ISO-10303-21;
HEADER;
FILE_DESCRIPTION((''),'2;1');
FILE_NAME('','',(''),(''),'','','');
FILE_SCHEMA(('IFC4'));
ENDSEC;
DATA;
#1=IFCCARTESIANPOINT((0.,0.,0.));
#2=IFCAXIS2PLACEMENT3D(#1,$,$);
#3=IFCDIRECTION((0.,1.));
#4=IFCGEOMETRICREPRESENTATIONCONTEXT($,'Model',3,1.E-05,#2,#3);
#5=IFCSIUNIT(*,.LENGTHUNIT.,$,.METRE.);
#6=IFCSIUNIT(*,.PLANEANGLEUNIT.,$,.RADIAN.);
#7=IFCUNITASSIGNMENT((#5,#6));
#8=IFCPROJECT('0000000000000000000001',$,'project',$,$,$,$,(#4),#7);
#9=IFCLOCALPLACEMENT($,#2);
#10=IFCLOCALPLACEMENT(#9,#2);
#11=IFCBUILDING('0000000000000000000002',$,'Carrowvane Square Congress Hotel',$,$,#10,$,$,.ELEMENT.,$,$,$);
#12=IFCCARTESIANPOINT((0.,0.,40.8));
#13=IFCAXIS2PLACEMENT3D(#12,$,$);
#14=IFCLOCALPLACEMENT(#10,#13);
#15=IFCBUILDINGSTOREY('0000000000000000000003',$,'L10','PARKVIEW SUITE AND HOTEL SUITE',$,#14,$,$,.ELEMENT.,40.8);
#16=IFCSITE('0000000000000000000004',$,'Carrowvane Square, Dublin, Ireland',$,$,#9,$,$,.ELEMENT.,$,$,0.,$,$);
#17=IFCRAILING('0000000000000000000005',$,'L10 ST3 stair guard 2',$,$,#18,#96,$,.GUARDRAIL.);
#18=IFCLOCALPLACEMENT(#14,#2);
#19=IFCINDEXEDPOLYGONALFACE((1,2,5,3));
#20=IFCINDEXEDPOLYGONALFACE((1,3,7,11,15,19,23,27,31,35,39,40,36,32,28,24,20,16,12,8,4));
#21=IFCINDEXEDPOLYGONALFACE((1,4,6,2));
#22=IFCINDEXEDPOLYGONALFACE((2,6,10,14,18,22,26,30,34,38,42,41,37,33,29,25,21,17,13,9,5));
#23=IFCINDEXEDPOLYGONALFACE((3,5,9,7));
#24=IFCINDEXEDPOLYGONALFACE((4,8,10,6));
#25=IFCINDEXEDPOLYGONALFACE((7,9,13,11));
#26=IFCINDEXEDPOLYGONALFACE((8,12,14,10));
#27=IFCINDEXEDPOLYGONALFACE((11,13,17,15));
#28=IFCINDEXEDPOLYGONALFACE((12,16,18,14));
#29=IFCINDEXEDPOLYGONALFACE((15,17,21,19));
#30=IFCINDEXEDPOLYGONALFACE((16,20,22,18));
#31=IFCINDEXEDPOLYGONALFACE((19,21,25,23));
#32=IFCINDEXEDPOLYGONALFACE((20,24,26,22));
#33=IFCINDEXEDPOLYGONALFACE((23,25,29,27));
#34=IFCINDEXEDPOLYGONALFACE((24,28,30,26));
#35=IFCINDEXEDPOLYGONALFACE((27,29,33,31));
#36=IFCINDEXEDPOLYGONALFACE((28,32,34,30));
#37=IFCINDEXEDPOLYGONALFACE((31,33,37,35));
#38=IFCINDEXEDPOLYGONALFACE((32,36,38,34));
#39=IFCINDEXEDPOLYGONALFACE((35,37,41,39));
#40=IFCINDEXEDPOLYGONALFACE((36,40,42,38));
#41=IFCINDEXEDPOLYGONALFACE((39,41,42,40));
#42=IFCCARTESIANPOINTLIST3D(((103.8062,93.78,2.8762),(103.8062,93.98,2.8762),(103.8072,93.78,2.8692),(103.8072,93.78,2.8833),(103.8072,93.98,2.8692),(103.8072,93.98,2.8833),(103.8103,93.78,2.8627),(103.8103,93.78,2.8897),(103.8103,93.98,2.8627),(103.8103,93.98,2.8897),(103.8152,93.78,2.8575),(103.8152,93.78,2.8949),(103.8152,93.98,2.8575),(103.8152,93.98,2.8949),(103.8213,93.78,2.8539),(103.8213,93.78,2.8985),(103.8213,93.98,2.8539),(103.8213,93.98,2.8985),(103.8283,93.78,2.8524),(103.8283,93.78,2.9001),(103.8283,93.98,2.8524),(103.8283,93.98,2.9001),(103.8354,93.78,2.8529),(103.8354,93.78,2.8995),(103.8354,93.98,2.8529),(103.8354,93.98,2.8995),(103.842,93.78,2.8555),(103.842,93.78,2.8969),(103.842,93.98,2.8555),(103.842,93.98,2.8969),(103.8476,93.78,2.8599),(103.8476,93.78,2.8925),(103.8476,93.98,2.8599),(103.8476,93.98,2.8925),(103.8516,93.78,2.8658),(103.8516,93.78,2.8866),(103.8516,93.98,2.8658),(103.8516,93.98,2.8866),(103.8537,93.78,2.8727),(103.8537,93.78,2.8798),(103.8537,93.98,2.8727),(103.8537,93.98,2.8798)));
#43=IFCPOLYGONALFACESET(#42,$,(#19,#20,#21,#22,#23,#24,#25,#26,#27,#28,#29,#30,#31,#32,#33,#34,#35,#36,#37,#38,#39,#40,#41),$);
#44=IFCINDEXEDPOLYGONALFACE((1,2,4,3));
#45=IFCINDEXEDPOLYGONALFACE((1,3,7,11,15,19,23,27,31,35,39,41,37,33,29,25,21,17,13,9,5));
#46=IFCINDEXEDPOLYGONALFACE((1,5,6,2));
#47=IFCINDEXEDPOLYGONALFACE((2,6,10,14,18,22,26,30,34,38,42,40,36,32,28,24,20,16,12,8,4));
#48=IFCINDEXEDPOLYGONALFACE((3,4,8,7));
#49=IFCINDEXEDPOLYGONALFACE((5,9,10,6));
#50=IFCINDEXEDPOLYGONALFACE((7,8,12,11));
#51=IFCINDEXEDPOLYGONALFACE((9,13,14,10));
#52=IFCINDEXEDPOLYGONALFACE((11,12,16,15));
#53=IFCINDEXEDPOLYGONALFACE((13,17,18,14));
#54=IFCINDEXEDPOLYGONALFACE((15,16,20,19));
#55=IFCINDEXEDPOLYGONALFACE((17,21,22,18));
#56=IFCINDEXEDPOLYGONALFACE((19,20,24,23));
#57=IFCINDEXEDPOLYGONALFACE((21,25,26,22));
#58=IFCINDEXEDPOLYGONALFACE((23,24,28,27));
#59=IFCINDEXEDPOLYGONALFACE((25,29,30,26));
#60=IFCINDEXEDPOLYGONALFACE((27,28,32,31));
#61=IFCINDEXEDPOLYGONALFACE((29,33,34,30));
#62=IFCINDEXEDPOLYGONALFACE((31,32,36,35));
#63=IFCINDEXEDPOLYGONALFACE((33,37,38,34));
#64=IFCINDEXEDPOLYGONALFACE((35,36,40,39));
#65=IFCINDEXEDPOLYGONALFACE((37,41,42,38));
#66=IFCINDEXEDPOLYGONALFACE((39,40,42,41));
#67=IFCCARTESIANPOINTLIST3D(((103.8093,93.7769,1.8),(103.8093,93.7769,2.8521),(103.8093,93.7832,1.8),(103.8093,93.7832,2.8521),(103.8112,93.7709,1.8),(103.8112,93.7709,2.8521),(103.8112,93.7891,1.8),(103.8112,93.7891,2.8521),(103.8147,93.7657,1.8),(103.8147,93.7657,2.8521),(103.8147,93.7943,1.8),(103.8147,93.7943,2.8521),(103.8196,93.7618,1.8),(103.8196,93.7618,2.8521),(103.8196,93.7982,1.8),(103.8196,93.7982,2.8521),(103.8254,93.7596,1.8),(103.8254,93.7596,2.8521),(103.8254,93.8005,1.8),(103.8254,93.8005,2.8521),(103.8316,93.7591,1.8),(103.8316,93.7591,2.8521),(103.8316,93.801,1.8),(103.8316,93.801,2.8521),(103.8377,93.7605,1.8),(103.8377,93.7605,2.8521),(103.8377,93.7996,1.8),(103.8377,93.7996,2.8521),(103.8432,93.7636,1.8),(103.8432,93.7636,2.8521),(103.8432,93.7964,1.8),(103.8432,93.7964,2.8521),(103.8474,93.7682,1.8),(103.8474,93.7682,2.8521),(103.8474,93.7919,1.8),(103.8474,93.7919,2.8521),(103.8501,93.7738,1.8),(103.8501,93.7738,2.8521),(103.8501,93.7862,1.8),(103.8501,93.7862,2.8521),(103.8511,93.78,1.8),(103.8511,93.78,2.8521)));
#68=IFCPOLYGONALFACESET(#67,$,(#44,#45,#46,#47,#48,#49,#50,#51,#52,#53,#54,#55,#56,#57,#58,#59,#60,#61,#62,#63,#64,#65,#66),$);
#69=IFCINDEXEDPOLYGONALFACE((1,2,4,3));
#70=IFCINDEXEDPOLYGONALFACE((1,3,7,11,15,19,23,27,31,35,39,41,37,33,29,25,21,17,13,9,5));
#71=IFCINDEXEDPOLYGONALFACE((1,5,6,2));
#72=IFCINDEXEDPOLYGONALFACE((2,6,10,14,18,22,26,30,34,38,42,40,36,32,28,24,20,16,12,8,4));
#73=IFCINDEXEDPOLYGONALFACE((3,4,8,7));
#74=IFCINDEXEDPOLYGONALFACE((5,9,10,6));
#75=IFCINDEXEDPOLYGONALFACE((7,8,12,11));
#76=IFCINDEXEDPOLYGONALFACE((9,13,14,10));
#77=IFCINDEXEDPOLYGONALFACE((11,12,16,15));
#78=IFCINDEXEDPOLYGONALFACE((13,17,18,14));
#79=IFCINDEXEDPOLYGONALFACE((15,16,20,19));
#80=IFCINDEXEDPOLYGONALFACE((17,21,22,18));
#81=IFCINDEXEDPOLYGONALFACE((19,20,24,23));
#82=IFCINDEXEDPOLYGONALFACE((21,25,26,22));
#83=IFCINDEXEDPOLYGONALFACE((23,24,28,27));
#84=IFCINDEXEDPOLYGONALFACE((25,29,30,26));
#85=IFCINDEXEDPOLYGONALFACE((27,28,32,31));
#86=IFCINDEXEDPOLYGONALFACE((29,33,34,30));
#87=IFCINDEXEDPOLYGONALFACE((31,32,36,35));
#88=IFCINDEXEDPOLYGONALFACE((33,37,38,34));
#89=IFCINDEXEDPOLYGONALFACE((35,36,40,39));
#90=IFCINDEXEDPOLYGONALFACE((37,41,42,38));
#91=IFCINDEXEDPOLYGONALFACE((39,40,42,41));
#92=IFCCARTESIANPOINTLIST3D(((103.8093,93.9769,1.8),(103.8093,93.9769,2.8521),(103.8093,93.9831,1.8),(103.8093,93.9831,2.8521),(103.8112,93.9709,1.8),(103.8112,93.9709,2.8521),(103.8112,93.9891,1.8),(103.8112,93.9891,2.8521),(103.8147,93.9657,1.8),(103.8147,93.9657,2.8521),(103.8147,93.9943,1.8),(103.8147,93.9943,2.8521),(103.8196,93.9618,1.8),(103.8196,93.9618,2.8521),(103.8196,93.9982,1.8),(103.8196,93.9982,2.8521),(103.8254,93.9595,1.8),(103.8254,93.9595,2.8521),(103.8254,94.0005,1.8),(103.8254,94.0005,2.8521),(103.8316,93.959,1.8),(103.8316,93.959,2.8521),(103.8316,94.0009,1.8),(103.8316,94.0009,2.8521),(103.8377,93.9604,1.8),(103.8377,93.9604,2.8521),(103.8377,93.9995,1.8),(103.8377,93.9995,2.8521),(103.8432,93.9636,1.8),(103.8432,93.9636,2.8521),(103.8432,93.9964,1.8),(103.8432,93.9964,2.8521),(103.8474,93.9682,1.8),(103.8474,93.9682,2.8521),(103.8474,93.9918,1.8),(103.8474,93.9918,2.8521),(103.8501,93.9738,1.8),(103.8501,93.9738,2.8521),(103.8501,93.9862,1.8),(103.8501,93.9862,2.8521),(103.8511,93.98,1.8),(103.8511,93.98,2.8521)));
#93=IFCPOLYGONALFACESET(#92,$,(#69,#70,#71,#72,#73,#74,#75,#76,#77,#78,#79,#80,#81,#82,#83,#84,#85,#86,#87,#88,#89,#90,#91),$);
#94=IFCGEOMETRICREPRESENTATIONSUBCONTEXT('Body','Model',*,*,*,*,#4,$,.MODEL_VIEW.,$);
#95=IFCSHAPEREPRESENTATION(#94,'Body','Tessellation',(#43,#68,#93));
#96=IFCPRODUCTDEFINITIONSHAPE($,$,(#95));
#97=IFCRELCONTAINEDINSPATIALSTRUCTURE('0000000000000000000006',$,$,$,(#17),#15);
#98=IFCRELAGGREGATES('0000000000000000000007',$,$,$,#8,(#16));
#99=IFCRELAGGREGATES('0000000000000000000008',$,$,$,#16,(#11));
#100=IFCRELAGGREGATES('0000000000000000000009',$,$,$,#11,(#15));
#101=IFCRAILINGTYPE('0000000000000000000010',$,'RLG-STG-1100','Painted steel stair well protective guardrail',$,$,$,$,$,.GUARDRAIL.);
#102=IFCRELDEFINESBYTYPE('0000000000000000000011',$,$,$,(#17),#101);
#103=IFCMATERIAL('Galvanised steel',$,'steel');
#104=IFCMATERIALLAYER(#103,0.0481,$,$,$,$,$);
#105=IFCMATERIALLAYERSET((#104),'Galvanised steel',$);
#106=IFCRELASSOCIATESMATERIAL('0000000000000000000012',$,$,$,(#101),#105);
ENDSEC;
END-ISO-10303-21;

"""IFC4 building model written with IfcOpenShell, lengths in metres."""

from ifc_helpers import new_model, si_unit, direction, frame, origin, origin_2d, place, context, subcontext, project, spatial, circle, extrude, material, layer, layer_set, type_object, element, save


model = new_model("IFC4")

# Units and contexts
model_context = context("Model", 3, precision=1e-05, world=origin(), true_north=direction((0.0, 1.0)))
body_context = subcontext(model_context, "Body", "Model", "MODEL_VIEW")
ifc_project = project(units=[si_unit("LENGTHUNIT", "METRE"), si_unit("PLANEANGLEUNIT", "RADIAN")], contexts=[model_context])

# Site, building, storey
site_placement = place(None, origin())
site = spatial("IfcSite", under=ifc_project, at=site_placement, Name="Carrowvane Square, Dublin, Ireland", CompositionType="ELEMENT", RefElevation=0.0)
building_placement = place(site_placement, origin())
building = spatial("IfcBuilding", under=site, at=building_placement, Name="Carrowvane Square Congress Hotel", CompositionType="ELEMENT")
storey_placement = place(building_placement, frame((0.0, 0.0, 40.8)))
storey = spatial("IfcBuildingStorey", under=building, at=storey_placement, Name="L10", Description="PARKVIEW SUITE AND HOTEL SUITE", CompositionType="ELEMENT", Elevation=40.8)

# Railing
ifc_material_1 = material(Name="Galvanised steel", Category="steel")
ifc_layer_1 = layer(ifc_material_1, 0.0481)
ifc_layer_set_1 = layer_set([ifc_layer_1], Name="Galvanised steel")
railing_type_1 = type_object("IfcRailingType", Name="RLG-STG-1100", Description="Painted steel stair well protective guardrail", PredefinedType="GUARDRAIL", material=ifc_layer_set_1)
railing_1_placement = place(storey_placement, frame((103.8301, 93.78, 1.8)))
element("IfcRailing", 1, at=railing_1_placement, inside=storey, type_object=railing_type_1, Name="L10 ST3 stair guard 2", PredefinedType="GUARDRAIL", context=body_context, shape_type="SweptSolid", body=[
    extrude(circle(Radius=0.0239, at=origin_2d()), frame((0.0, 0.0, 1.0762), z_axis=(0.0, 1.0, 0.0), x_axis=(-1.0, 0.0, 0.0)), (0.0, 0.0, 1.0), 0.2),
    extrude(circle(Radius=0.021, at=origin_2d()), origin(), (0.0, 0.0, 1.0), 1.052),
    extrude(circle(Radius=0.021, at=origin_2d()), frame((0.0, 0.2, 0.0)), (0.0, 0.0, 1.0), 1.052),
])

save(model, "model.ifc")
